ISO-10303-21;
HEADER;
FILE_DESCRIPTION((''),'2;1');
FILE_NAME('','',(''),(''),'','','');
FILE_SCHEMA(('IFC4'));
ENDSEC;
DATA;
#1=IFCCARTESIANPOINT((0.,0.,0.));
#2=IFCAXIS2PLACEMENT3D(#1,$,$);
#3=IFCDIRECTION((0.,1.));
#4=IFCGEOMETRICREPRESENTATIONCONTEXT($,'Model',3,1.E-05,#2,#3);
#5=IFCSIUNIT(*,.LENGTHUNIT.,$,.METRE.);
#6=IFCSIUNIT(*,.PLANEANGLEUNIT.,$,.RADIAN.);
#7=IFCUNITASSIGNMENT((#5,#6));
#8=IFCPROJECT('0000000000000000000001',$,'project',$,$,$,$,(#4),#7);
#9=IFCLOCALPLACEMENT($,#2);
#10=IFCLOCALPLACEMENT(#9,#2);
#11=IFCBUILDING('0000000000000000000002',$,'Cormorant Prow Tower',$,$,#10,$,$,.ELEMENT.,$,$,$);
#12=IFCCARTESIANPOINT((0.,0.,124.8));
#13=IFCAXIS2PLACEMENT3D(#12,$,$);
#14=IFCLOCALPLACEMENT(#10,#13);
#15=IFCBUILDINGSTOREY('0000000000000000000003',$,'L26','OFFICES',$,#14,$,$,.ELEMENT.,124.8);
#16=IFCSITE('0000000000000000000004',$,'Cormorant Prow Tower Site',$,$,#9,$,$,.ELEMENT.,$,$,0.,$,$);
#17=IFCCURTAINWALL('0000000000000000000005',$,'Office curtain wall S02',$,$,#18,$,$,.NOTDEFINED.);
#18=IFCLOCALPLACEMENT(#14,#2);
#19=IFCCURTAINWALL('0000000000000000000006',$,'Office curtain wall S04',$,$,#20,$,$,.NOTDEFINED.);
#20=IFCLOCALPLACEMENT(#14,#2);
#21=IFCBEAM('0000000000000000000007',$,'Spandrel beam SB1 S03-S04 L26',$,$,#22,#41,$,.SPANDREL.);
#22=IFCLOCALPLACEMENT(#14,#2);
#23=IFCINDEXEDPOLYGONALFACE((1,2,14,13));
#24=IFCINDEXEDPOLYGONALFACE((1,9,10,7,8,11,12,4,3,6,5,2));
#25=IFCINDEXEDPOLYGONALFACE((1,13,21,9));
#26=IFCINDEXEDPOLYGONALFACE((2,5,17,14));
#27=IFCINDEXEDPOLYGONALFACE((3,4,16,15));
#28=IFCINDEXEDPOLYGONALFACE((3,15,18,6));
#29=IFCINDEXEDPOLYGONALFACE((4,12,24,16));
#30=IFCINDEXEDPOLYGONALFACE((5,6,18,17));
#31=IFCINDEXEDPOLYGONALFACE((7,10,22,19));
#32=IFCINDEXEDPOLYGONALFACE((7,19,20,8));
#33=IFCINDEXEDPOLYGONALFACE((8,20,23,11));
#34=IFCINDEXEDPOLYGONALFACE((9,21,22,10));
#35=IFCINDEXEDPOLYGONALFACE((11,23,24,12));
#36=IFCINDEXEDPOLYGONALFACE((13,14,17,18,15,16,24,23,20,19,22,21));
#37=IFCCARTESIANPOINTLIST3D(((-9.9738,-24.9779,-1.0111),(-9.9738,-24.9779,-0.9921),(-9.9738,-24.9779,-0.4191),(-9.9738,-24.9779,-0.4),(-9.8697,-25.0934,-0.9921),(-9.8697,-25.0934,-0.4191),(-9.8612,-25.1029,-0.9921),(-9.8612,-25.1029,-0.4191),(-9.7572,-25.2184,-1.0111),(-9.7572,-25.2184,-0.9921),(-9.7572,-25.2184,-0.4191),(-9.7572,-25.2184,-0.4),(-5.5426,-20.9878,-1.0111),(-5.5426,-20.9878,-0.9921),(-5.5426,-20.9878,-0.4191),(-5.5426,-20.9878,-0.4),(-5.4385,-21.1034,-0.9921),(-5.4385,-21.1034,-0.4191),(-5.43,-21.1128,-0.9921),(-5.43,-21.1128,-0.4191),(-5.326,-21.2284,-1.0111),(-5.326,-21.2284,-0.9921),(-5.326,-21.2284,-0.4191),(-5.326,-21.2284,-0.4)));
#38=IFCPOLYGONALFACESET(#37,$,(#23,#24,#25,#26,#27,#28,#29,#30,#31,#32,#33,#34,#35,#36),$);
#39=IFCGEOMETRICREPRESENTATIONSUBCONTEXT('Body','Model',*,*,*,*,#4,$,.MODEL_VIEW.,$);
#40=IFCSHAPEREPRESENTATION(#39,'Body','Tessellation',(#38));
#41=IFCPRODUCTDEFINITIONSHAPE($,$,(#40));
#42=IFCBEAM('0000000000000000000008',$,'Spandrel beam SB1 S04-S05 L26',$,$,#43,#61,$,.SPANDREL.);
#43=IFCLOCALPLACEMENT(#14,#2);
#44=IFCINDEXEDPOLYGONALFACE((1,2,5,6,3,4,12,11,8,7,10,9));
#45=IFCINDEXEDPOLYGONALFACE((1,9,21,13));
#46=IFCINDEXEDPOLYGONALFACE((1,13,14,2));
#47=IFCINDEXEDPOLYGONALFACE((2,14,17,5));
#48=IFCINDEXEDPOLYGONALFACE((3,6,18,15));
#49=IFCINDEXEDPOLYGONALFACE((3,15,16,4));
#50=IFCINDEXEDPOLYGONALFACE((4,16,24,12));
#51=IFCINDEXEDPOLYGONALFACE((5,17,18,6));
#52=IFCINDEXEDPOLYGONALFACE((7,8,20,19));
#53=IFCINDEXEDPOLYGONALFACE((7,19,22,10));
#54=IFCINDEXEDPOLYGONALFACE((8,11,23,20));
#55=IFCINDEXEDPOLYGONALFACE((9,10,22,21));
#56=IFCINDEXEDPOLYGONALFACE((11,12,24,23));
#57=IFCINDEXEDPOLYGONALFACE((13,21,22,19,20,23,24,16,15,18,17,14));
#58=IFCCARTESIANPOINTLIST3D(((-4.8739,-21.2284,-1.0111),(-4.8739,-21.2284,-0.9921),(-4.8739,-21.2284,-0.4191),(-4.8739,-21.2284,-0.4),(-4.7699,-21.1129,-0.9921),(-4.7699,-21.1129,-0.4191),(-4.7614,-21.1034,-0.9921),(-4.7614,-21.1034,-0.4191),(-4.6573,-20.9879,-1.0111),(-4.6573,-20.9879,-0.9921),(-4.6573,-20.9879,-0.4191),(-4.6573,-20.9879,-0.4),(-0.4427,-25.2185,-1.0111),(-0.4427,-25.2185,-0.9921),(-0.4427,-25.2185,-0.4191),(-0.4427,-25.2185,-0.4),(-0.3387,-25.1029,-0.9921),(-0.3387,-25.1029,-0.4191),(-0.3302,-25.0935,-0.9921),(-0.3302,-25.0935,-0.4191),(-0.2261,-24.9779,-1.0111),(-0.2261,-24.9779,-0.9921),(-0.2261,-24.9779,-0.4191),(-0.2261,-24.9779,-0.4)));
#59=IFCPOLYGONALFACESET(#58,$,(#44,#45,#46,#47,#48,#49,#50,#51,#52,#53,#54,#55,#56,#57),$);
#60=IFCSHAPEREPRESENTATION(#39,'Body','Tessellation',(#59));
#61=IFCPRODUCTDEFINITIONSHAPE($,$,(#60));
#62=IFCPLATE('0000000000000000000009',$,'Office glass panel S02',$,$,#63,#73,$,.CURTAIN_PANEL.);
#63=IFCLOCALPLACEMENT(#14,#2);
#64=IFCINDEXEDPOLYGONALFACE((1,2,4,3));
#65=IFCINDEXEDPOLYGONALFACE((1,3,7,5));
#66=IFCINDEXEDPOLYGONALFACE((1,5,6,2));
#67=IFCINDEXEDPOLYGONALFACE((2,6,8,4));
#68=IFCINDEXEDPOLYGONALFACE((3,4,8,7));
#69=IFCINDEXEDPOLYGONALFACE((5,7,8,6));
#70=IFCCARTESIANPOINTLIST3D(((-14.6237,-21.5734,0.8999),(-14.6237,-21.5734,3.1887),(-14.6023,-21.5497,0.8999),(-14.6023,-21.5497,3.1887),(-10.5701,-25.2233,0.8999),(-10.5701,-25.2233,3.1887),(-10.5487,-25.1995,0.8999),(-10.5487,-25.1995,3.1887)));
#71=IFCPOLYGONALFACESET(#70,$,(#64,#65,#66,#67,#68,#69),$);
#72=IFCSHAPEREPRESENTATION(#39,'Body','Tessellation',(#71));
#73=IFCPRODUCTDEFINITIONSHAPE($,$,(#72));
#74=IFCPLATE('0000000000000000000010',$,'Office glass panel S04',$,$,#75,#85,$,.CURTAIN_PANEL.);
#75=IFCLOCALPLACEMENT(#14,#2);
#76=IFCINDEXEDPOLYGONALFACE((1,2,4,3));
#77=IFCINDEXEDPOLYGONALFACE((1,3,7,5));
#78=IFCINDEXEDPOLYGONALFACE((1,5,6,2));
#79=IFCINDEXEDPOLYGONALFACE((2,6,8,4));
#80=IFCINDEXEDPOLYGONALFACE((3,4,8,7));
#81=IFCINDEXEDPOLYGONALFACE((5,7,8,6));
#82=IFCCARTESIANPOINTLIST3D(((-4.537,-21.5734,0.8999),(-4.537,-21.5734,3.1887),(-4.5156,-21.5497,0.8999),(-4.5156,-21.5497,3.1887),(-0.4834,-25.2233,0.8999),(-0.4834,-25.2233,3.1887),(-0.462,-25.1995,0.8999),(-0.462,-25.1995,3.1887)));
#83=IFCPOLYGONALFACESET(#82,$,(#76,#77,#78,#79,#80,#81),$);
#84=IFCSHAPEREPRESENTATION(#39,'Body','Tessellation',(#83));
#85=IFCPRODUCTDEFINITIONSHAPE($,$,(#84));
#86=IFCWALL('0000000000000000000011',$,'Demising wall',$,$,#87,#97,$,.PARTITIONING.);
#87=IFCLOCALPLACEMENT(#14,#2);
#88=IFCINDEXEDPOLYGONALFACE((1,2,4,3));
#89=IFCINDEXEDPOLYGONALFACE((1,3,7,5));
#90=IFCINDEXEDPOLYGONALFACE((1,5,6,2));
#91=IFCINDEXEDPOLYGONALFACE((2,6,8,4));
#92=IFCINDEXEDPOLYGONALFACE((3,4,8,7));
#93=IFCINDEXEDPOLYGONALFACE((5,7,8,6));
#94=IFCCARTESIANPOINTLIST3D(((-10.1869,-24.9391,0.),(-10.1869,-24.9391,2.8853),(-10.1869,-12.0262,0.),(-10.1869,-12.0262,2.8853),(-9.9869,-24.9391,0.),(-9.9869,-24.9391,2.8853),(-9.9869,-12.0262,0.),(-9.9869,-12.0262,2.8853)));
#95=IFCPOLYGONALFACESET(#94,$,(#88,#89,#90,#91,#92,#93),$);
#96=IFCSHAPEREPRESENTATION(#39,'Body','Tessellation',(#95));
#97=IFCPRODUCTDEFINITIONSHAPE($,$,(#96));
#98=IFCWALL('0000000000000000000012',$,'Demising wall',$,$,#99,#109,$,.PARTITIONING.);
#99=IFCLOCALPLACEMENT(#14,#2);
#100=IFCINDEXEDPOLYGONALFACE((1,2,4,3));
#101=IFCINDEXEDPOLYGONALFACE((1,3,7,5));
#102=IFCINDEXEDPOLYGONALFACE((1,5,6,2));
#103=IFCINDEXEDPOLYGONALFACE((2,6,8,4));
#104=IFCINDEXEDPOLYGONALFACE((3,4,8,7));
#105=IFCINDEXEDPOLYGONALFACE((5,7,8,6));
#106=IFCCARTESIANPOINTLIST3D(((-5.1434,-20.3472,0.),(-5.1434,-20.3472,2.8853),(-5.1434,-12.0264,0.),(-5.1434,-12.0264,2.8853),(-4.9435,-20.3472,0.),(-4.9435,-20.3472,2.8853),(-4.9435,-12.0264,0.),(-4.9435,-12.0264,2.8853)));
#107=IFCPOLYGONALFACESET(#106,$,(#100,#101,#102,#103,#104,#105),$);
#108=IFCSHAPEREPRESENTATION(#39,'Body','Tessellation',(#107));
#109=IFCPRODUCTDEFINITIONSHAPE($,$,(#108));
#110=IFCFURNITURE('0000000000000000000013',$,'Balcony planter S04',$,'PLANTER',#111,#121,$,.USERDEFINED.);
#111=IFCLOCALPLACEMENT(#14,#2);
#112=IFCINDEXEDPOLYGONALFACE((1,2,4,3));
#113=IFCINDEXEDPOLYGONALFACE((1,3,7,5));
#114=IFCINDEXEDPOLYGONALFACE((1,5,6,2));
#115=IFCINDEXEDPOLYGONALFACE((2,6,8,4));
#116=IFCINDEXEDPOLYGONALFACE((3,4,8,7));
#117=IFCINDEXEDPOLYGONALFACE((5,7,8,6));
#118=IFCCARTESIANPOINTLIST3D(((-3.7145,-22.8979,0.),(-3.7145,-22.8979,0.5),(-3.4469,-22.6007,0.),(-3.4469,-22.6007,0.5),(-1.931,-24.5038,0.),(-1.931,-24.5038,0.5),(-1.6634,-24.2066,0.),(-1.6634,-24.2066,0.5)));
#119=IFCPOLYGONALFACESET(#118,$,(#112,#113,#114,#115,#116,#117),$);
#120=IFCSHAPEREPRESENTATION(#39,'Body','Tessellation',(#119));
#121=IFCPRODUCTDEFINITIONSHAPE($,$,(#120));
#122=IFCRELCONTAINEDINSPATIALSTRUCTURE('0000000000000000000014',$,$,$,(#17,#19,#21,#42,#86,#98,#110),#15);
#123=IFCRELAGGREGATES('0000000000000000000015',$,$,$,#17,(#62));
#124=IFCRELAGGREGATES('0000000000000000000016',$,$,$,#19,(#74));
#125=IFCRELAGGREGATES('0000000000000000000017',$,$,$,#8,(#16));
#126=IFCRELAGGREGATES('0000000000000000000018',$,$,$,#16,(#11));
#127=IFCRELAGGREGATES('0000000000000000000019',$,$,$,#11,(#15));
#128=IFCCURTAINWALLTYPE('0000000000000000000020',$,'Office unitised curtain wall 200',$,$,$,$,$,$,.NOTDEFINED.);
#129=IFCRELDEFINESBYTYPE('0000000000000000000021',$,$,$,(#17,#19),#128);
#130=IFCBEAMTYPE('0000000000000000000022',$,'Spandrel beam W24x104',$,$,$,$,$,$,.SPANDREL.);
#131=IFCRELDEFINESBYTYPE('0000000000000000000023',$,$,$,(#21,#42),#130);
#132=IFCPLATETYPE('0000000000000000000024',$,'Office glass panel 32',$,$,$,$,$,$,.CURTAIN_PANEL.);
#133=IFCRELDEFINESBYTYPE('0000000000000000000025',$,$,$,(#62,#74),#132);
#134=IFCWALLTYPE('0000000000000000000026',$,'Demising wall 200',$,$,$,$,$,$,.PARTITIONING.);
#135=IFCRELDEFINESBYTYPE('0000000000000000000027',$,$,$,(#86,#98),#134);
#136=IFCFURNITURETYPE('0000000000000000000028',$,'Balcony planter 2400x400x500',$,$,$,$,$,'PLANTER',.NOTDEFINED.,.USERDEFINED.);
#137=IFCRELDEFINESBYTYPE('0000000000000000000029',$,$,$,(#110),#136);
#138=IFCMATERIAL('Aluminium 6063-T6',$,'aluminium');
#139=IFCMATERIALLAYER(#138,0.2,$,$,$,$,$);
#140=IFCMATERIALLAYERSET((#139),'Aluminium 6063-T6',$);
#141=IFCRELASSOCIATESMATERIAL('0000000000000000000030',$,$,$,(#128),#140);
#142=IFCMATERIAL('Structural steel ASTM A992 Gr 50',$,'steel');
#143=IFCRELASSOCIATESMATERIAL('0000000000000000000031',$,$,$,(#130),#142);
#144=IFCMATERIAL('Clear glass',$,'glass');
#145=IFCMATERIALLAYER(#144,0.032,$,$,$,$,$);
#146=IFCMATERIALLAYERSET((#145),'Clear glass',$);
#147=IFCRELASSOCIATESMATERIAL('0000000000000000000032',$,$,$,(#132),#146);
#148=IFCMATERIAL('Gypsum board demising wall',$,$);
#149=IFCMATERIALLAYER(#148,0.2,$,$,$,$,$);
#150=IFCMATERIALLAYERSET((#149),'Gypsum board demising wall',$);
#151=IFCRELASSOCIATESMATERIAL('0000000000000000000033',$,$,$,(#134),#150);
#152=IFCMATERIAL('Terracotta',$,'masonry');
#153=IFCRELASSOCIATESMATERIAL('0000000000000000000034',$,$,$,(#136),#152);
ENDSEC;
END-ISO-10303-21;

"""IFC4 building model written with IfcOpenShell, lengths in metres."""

from ifc_helpers import new_model, si_unit, direction, frame, frame_2d, origin, origin_2d, place, context, subcontext, project, spatial, rectangle, i_section, extrude, material, layer, layer_set, material_profile, profile_set, type_object, element, aggregate, save


model = new_model("IFC4")

# Units and contexts
model_context = context("Model", 3, precision=1e-05, world=origin(), true_north=direction((0.0, 1.0)))
body_context = subcontext(model_context, "Body", "Model", "MODEL_VIEW")
ifc_project = project(units=[si_unit("LENGTHUNIT", "METRE"), si_unit("PLANEANGLEUNIT", "RADIAN")], contexts=[model_context])

# Site, building, storey
site_placement = place(None, origin())
site = spatial("IfcSite", under=ifc_project, at=site_placement, Name="Cormorant Prow Tower Site", CompositionType="ELEMENT", RefElevation=0.0)
building_placement = place(site_placement, origin())
building = spatial("IfcBuilding", under=site, at=building_placement, Name="Cormorant Prow Tower", CompositionType="ELEMENT")
storey_placement = place(building_placement, frame((0.0, 0.0, 124.8)))
storey = spatial("IfcBuildingStorey", under=building, at=storey_placement, Name="L26", Description="OFFICES", CompositionType="ELEMENT", Elevation=124.8)

# Curtain walls
ifc_material_1 = material(Name="Aluminium 6063-T6", Category="aluminium")
ifc_layer_1 = layer(ifc_material_1, 0.2)
ifc_layer_set_1 = layer_set([ifc_layer_1], Name="Aluminium 6063-T6")
curtain_wall_type = type_object("IfcCurtainWallType", Name="Office unitised curtain wall 200", PredefinedType="NOTDEFINED", material=ifc_layer_set_1)
curtain_wall_1_placement = place(storey_placement, origin())
curtain_wall_1 = element("IfcCurtainWall", 1, at=curtain_wall_1_placement, inside=storey, type_object=curtain_wall_type, Name="Office curtain wall S02", PredefinedType="NOTDEFINED")
curtain_wall_2_placement = place(storey_placement, origin())
curtain_wall_2 = element("IfcCurtainWall", 2, at=curtain_wall_2_placement, inside=storey, type_object=curtain_wall_type, Name="Office curtain wall S04", PredefinedType="NOTDEFINED")

# Beams
ifc_material_2 = material(Name="Structural steel ASTM A992 Gr 50", Category="steel")
ifc_material_profile_1 = material_profile(ifc_material_2, i_section(OverallWidth=0.3237, OverallDepth=0.6111, WebThickness=0.0127, FlangeThickness=0.019, at=origin_2d()), Name="W24x104")
ifc_profile_set_1 = profile_set([ifc_material_profile_1], Name="Structural steel ASTM A992 Gr 50")
beam_type_1 = type_object("IfcBeamType", Name="Spandrel beam W24x104", PredefinedType="SPANDREL", material=ifc_profile_set_1)
for number, where, z_axis, x_axis, name in (
    (3, (-9.8655, -25.0981, -0.7056), (0.743131, 0.669146, 0.0), (-0.669146, 0.743131, 0.0), "Spandrel beam SB1 S03-S04 L26"),
    (4, (-4.7656, -21.1082, -0.7056), (0.743131, -0.669146, 0.0), (0.669146, 0.743131, 0.0), "Spandrel beam SB1 S04-S05 L26"),
):
    element("IfcBeam", number, at=place(storey_placement, frame(where, z_axis=z_axis, x_axis=x_axis)), inside=storey, type_object=beam_type_1, Name=name, PredefinedType="SPANDREL", context=body_context, shape_type="SweptSolid", body=[
        extrude(i_section(OverallWidth=0.3237, OverallDepth=0.6111, WebThickness=0.0127, FlangeThickness=0.019, at=origin_2d()), origin(), (0.0, 0.0, 1.0), 5.9629),
    ])

# Plates
ifc_material_3 = material(Name="Clear glass", Category="glass")
ifc_layer_2 = layer(ifc_material_3, 0.032)
ifc_layer_set_2 = layer_set([ifc_layer_2], Name="Clear glass")
plate_type = type_object("IfcPlateType", Name="Office glass panel 32", PredefinedType="CURTAIN_PANEL", material=ifc_layer_set_2)
plate_1_placement = place(storey_placement, frame((-12.5862, -23.3865, 0.8999), z_axis=(0.0, 0.0, 1.0), x_axis=(0.743145, -0.669131, 0.0)))
plate_1 = element("IfcPlate", 5, at=plate_1_placement, type_object=plate_type, Name="Office glass panel S02", PredefinedType="CURTAIN_PANEL", context=body_context, shape_type="SweptSolid", body=[
    extrude(rectangle(XDim=5.4546, YDim=0.032, at=origin_2d()), origin(), (0.0, 0.0, 1.0), 2.2888),
])
aggregate(curtain_wall_1, [plate_1])
plate_2_placement = place(storey_placement, frame((-2.4995, -23.3865, 0.8999), z_axis=(0.0, 0.0, 1.0), x_axis=(0.743145, -0.669131, 0.0)))
plate_2 = element("IfcPlate", 6, at=plate_2_placement, type_object=plate_type, Name="Office glass panel S04", PredefinedType="CURTAIN_PANEL", context=body_context, shape_type="SweptSolid", body=[
    extrude(rectangle(XDim=5.4546, YDim=0.032, at=origin_2d()), origin(), (0.0, 0.0, 1.0), 2.2888),
])
aggregate(curtain_wall_2, [plate_2])

# Walls
ifc_material_4 = material(Name="Gypsum board demising wall")
ifc_layer_3 = layer(ifc_material_4, 0.2)
ifc_layer_set_3 = layer_set([ifc_layer_3], Name="Gypsum board demising wall")
wall_type_1 = type_object("IfcWallType", Name="Demising wall 200", PredefinedType="PARTITIONING", material=ifc_layer_set_3)
wall_1_placement = place(storey_placement, frame((-10.0869, -24.9392, 0.0), z_axis=(0.0, 0.0, 1.0), x_axis=(0.0, 1.0, 0.0)))
element("IfcWall", 7, at=wall_1_placement, inside=storey, type_object=wall_type_1, Name="Demising wall", PredefinedType="PARTITIONING", context=body_context, shape_type="SweptSolid", body=[
    extrude(rectangle(XDim=12.9128, YDim=0.2, at=frame_2d((6.4565, 0.0))), origin(), (0.0, 0.0, 1.0), 2.8853),
])
wall_2_placement = place(storey_placement, frame((-5.0435, -20.3472, 0.0), z_axis=(0.0, 0.0, 1.0), x_axis=(0.0, 1.0, 0.0)))
element("IfcWall", 8, at=wall_2_placement, inside=storey, type_object=wall_type_1, Name="Demising wall", PredefinedType="PARTITIONING", context=body_context, shape_type="SweptSolid", body=[
    extrude(rectangle(XDim=8.3208, YDim=0.2, at=frame_2d((4.1604, 0.0))), origin(), (0.0, 0.0, 1.0), 2.8853),
])

# Furniture
ifc_material_5 = material(Name="Terracotta", Category="masonry")
furniture_type = type_object("IfcFurnitureType", Name="Balcony planter 2400x400x500", ElementType="PLANTER", AssemblyPlace="NOTDEFINED", PredefinedType="USERDEFINED", material=ifc_material_5)
furniture_placement = place(storey_placement, frame((-2.689, -23.5522, 0.0), z_axis=(0.0, 0.0, 1.0), x_axis=(0.743145, -0.669131, 0.0)))
element("IfcFurniture", 9, at=furniture_placement, inside=storey, type_object=furniture_type, Name="Balcony planter S04", ObjectType="PLANTER", PredefinedType="USERDEFINED", context=body_context, shape_type="SweptSolid", body=[
    extrude(rectangle(XDim=2.3999, YDim=0.3999, at=origin_2d()), origin(), (0.0, 0.0, 1.0), 0.5),
])

save(model, "model.ifc")
